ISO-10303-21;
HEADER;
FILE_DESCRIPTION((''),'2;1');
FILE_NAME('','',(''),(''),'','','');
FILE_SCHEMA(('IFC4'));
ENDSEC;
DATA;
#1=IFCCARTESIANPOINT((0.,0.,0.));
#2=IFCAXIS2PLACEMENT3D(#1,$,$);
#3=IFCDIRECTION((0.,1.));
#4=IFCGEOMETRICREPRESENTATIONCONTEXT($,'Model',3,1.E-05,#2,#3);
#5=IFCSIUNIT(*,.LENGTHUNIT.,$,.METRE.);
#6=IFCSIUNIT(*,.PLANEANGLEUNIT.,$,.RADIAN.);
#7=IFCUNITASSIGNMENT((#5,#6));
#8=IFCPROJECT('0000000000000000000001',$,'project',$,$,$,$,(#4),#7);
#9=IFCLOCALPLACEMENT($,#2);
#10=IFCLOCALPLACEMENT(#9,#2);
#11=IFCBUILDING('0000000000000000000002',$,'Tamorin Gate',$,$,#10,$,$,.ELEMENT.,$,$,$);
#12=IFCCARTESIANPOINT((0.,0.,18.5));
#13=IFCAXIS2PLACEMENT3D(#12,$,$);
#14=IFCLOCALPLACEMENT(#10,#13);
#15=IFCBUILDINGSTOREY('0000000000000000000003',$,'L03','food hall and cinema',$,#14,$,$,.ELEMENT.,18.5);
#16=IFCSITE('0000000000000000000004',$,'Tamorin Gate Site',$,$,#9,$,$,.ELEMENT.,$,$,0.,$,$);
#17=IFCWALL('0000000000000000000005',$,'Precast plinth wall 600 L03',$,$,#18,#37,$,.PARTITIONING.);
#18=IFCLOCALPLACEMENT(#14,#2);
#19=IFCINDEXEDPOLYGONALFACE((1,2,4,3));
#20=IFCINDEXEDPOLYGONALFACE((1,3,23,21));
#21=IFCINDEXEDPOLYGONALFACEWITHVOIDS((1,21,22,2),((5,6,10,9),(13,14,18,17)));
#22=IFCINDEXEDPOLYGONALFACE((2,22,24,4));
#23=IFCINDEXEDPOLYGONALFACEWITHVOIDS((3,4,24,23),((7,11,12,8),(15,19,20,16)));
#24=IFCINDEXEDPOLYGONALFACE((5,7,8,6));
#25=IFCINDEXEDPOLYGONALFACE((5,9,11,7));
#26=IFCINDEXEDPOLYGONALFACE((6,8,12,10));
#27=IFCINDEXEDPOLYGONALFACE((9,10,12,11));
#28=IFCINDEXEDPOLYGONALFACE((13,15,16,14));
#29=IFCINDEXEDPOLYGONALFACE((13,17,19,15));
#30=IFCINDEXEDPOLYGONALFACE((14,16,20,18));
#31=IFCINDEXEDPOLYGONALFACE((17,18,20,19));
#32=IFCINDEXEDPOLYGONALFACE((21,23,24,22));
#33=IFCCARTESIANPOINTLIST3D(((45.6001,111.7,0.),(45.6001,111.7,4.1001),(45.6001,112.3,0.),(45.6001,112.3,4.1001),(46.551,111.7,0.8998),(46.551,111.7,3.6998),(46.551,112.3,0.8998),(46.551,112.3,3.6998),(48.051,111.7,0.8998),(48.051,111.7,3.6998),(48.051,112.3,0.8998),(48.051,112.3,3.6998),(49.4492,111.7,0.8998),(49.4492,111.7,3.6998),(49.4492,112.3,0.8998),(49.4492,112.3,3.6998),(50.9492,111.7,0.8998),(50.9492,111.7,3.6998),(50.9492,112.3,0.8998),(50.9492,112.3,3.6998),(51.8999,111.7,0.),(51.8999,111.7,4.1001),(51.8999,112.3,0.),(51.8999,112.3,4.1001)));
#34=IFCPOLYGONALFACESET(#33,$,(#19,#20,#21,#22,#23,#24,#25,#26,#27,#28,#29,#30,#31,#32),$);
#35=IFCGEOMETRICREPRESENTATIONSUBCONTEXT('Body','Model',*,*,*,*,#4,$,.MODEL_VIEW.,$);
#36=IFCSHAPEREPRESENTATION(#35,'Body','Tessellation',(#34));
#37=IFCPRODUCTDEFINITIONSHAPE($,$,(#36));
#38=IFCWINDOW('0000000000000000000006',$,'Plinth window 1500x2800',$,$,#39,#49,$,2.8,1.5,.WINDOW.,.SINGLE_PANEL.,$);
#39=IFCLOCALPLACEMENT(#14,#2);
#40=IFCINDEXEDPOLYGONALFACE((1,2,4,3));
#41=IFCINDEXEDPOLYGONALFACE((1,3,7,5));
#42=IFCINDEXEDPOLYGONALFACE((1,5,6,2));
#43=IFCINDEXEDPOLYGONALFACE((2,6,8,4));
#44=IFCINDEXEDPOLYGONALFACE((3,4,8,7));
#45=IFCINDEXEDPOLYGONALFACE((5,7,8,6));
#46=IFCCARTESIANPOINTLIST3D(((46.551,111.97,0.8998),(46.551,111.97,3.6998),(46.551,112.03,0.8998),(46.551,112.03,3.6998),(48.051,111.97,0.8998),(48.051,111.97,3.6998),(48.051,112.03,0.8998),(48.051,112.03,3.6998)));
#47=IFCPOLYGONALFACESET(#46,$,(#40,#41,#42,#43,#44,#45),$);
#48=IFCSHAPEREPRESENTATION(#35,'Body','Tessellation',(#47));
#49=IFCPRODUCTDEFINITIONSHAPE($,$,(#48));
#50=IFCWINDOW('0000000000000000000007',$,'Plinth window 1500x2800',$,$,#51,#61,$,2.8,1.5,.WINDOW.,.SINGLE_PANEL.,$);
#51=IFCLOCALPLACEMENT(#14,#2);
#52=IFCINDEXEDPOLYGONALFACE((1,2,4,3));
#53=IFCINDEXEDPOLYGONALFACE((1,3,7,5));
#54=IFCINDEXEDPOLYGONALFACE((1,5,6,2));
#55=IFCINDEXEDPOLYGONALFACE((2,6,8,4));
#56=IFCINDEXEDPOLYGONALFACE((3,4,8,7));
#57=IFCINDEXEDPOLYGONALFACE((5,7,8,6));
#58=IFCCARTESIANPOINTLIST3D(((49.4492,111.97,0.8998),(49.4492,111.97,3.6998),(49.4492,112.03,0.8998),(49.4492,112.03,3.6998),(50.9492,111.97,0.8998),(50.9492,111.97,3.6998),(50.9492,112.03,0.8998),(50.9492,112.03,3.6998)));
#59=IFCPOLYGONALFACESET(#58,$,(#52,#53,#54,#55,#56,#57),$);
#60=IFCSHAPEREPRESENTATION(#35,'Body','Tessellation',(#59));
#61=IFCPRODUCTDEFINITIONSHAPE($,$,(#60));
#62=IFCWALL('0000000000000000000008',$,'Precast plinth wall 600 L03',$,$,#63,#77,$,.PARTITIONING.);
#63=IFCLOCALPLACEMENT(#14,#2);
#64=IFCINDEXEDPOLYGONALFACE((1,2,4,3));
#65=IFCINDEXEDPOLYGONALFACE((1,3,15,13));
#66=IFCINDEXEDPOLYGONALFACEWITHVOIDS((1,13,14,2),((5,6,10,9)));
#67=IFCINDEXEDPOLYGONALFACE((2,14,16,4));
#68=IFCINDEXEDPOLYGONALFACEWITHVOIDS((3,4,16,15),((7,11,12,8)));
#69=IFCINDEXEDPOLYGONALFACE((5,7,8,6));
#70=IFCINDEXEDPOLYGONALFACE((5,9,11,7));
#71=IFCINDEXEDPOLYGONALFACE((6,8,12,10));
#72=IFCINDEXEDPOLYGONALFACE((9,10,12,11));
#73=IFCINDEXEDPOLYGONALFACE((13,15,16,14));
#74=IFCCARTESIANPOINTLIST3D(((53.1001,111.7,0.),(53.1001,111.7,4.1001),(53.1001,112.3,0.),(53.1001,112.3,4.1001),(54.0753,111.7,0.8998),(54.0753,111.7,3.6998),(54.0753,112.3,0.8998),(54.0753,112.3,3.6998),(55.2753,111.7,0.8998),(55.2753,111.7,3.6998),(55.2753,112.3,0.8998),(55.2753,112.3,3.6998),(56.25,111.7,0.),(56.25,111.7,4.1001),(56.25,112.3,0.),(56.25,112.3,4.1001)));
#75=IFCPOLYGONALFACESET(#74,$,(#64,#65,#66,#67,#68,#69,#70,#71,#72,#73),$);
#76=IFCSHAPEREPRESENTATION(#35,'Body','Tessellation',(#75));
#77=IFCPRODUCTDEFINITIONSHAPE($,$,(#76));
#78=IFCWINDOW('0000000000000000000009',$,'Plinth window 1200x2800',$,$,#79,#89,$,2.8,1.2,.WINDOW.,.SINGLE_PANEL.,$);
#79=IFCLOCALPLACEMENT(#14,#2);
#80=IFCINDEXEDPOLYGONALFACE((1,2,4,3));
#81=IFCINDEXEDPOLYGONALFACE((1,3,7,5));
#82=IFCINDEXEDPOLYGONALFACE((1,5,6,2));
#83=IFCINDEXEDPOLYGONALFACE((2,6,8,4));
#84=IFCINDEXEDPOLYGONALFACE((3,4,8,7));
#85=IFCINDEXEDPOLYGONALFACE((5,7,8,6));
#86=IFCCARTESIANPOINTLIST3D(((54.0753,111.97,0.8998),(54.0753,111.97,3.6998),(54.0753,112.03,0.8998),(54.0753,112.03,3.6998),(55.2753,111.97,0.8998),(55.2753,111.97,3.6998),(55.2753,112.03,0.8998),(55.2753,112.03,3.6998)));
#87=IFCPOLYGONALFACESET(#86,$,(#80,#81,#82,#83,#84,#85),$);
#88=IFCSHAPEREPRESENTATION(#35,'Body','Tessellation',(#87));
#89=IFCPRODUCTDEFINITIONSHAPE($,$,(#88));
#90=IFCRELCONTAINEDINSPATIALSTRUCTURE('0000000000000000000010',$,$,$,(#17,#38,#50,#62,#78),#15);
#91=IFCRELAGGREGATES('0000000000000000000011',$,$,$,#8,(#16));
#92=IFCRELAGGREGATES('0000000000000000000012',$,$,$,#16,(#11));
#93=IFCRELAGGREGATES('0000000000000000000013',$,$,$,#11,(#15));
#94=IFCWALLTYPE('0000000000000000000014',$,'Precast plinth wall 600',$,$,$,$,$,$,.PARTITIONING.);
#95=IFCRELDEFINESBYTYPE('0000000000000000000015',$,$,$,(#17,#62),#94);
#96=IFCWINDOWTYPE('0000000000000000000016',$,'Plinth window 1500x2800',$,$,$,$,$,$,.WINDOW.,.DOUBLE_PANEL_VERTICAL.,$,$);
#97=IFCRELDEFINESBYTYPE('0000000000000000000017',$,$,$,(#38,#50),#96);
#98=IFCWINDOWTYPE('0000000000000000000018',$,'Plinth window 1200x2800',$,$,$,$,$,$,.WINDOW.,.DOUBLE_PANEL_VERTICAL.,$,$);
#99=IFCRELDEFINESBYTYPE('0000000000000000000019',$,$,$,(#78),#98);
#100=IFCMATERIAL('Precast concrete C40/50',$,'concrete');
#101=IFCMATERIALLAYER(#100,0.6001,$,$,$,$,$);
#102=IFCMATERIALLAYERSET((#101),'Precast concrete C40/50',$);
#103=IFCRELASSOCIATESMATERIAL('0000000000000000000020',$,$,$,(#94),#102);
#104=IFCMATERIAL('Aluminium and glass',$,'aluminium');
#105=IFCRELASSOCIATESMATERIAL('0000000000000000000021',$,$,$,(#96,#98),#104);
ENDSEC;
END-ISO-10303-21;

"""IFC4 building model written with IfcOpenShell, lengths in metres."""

from ifc_helpers import new_model, si_unit, direction, frame, frame_2d, origin, place, context, subcontext, project, spatial, rectangle, extrude, material, layer, layer_set, type_object, element, fill, save


model = new_model("IFC4")

# Units and contexts
model_context = context("Model", 3, precision=1e-05, world=origin(), true_north=direction((0.0, 1.0)))
body_context = subcontext(model_context, "Body", "Model", "MODEL_VIEW")
ifc_project = project(units=[si_unit("LENGTHUNIT", "METRE"), si_unit("PLANEANGLEUNIT", "RADIAN")], contexts=[model_context])

# Site, building, storey
site_placement = place(None, origin())
site = spatial("IfcSite", under=ifc_project, at=site_placement, Name="Tamorin Gate Site", CompositionType="ELEMENT", RefElevation=0.0)
building_placement = place(site_placement, origin())
building = spatial("IfcBuilding", under=site, at=building_placement, Name="Tamorin Gate", CompositionType="ELEMENT")
storey_placement = place(building_placement, frame((0.0, 0.0, 18.5)))
storey = spatial("IfcBuildingStorey", under=building, at=storey_placement, Name="L03", Description="food hall and cinema", CompositionType="ELEMENT", Elevation=18.5)

# Wall, openings, windows
ifc_material_1 = material(Name="Precast concrete C40/50", Category="concrete")
ifc_layer_1 = layer(ifc_material_1, 0.6001)
ifc_layer_set_1 = layer_set([ifc_layer_1], Name="Precast concrete C40/50")
wall_type_1 = type_object("IfcWallType", Name="Precast plinth wall 600", PredefinedType="PARTITIONING", material=ifc_layer_set_1)
ifc_material_2 = material(Name="Aluminium and glass", Category="aluminium")
window_type_1 = type_object("IfcWindowType", Name="Plinth window 1500x2800", PartitioningType="DOUBLE_PANEL_VERTICAL", PredefinedType="WINDOW", material=ifc_material_2)
wall_1_placement = place(storey_placement, frame((45.6001, 112.0, 0.0), z_axis=(0.0, 0.0, 1.0), x_axis=(1.0, 0.0, 0.0)))
wall_1 = element("IfcWall", 1, at=wall_1_placement, inside=storey, type_object=wall_type_1, Name="Precast plinth wall 600 L03", PredefinedType="PARTITIONING", context=body_context, shape_type="SweptSolid", body=[
    extrude(rectangle(XDim=6.2998, YDim=0.6001, at=frame_2d((3.1499, 0.0))), origin(), (0.0, 0.0, 1.0), 4.1001),
])
opening_1_placement = place(wall_1_placement, frame((0.9509, 0.0, 0.8999)))
opening_1 = element("IfcOpeningElement", 2, at=opening_1_placement, cuts=wall_1, PredefinedType="OPENING", context=body_context, shape_type="SweptSolid", body=[
    extrude(rectangle(XDim=1.5, YDim=2.8, at=frame_2d((0.75, 1.3999))), frame((0.0, 0.3101, 0.0), z_axis=(0.0, -1.0, 0.0), x_axis=(1.0, 0.0, 0.0)), (0.0, 0.0, 1.0), 0.6201),
])
opening_2_placement = place(wall_1_placement, frame((3.8491, 0.0, 0.8999)))
opening_2 = element("IfcOpeningElement", 3, at=opening_2_placement, cuts=wall_1, PredefinedType="OPENING", context=body_context, shape_type="SweptSolid", body=[
    extrude(rectangle(XDim=1.5, YDim=2.8, at=frame_2d((0.75, 1.3999))), frame((0.0, 0.3101, 0.0), z_axis=(0.0, -1.0, 0.0), x_axis=(1.0, 0.0, 0.0)), (0.0, 0.0, 1.0), 0.6201),
])
window_1_placement = place(opening_1_placement, origin())
window_1 = element("IfcWindow", 4, at=window_1_placement, inside=storey, type_object=window_type_1, Name="Plinth window 1500x2800", OverallHeight=2.8, OverallWidth=1.5, PartitioningType="SINGLE_PANEL", PredefinedType="WINDOW", context=body_context, shape_type="SweptSolid", body=[
    extrude(rectangle(XDim=1.5, YDim=2.8, at=frame_2d((0.75, 1.3999))), frame((0.0, 0.03, 0.0), z_axis=(0.0, -1.0, 0.0), x_axis=(1.0, 0.0, 0.0)), (0.0, 0.0, 1.0), 0.0601),
])
fill(opening_1, window_1)
window_2_placement = place(opening_2_placement, origin())
window_2 = element("IfcWindow", 5, at=window_2_placement, inside=storey, type_object=window_type_1, Name="Plinth window 1500x2800", OverallHeight=2.8, OverallWidth=1.5, PartitioningType="SINGLE_PANEL", PredefinedType="WINDOW", context=body_context, shape_type="SweptSolid", body=[
    extrude(rectangle(XDim=1.5, YDim=2.8, at=frame_2d((0.75, 1.3999))), frame((0.0, 0.03, 0.0), z_axis=(0.0, -1.0, 0.0), x_axis=(1.0, 0.0, 0.0)), (0.0, 0.0, 1.0), 0.0601),
])
fill(opening_2, window_2)

# Wall, opening, window
wall_2_placement = place(storey_placement, frame((53.1001, 112.0, 0.0), z_axis=(0.0, 0.0, 1.0), x_axis=(1.0, 0.0, 0.0)))
wall_2 = element("IfcWall", 6, at=wall_2_placement, inside=storey, type_object=wall_type_1, Name="Precast plinth wall 600 L03", PredefinedType="PARTITIONING", context=body_context, shape_type="SweptSolid", body=[
    extrude(rectangle(XDim=3.1499, YDim=0.6001, at=frame_2d((1.575, 0.0))), origin(), (0.0, 0.0, 1.0), 4.1001),
])
opening_3_placement = place(wall_2_placement, frame((0.9751, 0.0, 0.8999)))
opening_3 = element("IfcOpeningElement", 7, at=opening_3_placement, cuts=wall_2, PredefinedType="OPENING", context=body_context, shape_type="SweptSolid", body=[
    extrude(rectangle(XDim=1.2, YDim=2.8, at=frame_2d((0.6001, 1.3999))), frame((0.0, 0.3101, 0.0), z_axis=(0.0, -1.0, 0.0), x_axis=(1.0, 0.0, 0.0)), (0.0, 0.0, 1.0), 0.6201),
])
window_type_2 = type_object("IfcWindowType", Name="Plinth window 1200x2800", PartitioningType="DOUBLE_PANEL_VERTICAL", PredefinedType="WINDOW", material=ifc_material_2)
window_3_placement = place(opening_3_placement, origin())
window_3 = element("IfcWindow", 8, at=window_3_placement, inside=storey, type_object=window_type_2, Name="Plinth window 1200x2800", OverallHeight=2.8, OverallWidth=1.2, PartitioningType="SINGLE_PANEL", PredefinedType="WINDOW", context=body_context, shape_type="SweptSolid", body=[
    extrude(rectangle(XDim=1.2, YDim=2.8, at=frame_2d((0.6001, 1.3999))), frame((0.0, 0.03, 0.0), z_axis=(0.0, -1.0, 0.0), x_axis=(1.0, 0.0, 0.0)), (0.0, 0.0, 1.0), 0.0601),
])
fill(opening_3, window_3)

save(model, "model.ifc")
